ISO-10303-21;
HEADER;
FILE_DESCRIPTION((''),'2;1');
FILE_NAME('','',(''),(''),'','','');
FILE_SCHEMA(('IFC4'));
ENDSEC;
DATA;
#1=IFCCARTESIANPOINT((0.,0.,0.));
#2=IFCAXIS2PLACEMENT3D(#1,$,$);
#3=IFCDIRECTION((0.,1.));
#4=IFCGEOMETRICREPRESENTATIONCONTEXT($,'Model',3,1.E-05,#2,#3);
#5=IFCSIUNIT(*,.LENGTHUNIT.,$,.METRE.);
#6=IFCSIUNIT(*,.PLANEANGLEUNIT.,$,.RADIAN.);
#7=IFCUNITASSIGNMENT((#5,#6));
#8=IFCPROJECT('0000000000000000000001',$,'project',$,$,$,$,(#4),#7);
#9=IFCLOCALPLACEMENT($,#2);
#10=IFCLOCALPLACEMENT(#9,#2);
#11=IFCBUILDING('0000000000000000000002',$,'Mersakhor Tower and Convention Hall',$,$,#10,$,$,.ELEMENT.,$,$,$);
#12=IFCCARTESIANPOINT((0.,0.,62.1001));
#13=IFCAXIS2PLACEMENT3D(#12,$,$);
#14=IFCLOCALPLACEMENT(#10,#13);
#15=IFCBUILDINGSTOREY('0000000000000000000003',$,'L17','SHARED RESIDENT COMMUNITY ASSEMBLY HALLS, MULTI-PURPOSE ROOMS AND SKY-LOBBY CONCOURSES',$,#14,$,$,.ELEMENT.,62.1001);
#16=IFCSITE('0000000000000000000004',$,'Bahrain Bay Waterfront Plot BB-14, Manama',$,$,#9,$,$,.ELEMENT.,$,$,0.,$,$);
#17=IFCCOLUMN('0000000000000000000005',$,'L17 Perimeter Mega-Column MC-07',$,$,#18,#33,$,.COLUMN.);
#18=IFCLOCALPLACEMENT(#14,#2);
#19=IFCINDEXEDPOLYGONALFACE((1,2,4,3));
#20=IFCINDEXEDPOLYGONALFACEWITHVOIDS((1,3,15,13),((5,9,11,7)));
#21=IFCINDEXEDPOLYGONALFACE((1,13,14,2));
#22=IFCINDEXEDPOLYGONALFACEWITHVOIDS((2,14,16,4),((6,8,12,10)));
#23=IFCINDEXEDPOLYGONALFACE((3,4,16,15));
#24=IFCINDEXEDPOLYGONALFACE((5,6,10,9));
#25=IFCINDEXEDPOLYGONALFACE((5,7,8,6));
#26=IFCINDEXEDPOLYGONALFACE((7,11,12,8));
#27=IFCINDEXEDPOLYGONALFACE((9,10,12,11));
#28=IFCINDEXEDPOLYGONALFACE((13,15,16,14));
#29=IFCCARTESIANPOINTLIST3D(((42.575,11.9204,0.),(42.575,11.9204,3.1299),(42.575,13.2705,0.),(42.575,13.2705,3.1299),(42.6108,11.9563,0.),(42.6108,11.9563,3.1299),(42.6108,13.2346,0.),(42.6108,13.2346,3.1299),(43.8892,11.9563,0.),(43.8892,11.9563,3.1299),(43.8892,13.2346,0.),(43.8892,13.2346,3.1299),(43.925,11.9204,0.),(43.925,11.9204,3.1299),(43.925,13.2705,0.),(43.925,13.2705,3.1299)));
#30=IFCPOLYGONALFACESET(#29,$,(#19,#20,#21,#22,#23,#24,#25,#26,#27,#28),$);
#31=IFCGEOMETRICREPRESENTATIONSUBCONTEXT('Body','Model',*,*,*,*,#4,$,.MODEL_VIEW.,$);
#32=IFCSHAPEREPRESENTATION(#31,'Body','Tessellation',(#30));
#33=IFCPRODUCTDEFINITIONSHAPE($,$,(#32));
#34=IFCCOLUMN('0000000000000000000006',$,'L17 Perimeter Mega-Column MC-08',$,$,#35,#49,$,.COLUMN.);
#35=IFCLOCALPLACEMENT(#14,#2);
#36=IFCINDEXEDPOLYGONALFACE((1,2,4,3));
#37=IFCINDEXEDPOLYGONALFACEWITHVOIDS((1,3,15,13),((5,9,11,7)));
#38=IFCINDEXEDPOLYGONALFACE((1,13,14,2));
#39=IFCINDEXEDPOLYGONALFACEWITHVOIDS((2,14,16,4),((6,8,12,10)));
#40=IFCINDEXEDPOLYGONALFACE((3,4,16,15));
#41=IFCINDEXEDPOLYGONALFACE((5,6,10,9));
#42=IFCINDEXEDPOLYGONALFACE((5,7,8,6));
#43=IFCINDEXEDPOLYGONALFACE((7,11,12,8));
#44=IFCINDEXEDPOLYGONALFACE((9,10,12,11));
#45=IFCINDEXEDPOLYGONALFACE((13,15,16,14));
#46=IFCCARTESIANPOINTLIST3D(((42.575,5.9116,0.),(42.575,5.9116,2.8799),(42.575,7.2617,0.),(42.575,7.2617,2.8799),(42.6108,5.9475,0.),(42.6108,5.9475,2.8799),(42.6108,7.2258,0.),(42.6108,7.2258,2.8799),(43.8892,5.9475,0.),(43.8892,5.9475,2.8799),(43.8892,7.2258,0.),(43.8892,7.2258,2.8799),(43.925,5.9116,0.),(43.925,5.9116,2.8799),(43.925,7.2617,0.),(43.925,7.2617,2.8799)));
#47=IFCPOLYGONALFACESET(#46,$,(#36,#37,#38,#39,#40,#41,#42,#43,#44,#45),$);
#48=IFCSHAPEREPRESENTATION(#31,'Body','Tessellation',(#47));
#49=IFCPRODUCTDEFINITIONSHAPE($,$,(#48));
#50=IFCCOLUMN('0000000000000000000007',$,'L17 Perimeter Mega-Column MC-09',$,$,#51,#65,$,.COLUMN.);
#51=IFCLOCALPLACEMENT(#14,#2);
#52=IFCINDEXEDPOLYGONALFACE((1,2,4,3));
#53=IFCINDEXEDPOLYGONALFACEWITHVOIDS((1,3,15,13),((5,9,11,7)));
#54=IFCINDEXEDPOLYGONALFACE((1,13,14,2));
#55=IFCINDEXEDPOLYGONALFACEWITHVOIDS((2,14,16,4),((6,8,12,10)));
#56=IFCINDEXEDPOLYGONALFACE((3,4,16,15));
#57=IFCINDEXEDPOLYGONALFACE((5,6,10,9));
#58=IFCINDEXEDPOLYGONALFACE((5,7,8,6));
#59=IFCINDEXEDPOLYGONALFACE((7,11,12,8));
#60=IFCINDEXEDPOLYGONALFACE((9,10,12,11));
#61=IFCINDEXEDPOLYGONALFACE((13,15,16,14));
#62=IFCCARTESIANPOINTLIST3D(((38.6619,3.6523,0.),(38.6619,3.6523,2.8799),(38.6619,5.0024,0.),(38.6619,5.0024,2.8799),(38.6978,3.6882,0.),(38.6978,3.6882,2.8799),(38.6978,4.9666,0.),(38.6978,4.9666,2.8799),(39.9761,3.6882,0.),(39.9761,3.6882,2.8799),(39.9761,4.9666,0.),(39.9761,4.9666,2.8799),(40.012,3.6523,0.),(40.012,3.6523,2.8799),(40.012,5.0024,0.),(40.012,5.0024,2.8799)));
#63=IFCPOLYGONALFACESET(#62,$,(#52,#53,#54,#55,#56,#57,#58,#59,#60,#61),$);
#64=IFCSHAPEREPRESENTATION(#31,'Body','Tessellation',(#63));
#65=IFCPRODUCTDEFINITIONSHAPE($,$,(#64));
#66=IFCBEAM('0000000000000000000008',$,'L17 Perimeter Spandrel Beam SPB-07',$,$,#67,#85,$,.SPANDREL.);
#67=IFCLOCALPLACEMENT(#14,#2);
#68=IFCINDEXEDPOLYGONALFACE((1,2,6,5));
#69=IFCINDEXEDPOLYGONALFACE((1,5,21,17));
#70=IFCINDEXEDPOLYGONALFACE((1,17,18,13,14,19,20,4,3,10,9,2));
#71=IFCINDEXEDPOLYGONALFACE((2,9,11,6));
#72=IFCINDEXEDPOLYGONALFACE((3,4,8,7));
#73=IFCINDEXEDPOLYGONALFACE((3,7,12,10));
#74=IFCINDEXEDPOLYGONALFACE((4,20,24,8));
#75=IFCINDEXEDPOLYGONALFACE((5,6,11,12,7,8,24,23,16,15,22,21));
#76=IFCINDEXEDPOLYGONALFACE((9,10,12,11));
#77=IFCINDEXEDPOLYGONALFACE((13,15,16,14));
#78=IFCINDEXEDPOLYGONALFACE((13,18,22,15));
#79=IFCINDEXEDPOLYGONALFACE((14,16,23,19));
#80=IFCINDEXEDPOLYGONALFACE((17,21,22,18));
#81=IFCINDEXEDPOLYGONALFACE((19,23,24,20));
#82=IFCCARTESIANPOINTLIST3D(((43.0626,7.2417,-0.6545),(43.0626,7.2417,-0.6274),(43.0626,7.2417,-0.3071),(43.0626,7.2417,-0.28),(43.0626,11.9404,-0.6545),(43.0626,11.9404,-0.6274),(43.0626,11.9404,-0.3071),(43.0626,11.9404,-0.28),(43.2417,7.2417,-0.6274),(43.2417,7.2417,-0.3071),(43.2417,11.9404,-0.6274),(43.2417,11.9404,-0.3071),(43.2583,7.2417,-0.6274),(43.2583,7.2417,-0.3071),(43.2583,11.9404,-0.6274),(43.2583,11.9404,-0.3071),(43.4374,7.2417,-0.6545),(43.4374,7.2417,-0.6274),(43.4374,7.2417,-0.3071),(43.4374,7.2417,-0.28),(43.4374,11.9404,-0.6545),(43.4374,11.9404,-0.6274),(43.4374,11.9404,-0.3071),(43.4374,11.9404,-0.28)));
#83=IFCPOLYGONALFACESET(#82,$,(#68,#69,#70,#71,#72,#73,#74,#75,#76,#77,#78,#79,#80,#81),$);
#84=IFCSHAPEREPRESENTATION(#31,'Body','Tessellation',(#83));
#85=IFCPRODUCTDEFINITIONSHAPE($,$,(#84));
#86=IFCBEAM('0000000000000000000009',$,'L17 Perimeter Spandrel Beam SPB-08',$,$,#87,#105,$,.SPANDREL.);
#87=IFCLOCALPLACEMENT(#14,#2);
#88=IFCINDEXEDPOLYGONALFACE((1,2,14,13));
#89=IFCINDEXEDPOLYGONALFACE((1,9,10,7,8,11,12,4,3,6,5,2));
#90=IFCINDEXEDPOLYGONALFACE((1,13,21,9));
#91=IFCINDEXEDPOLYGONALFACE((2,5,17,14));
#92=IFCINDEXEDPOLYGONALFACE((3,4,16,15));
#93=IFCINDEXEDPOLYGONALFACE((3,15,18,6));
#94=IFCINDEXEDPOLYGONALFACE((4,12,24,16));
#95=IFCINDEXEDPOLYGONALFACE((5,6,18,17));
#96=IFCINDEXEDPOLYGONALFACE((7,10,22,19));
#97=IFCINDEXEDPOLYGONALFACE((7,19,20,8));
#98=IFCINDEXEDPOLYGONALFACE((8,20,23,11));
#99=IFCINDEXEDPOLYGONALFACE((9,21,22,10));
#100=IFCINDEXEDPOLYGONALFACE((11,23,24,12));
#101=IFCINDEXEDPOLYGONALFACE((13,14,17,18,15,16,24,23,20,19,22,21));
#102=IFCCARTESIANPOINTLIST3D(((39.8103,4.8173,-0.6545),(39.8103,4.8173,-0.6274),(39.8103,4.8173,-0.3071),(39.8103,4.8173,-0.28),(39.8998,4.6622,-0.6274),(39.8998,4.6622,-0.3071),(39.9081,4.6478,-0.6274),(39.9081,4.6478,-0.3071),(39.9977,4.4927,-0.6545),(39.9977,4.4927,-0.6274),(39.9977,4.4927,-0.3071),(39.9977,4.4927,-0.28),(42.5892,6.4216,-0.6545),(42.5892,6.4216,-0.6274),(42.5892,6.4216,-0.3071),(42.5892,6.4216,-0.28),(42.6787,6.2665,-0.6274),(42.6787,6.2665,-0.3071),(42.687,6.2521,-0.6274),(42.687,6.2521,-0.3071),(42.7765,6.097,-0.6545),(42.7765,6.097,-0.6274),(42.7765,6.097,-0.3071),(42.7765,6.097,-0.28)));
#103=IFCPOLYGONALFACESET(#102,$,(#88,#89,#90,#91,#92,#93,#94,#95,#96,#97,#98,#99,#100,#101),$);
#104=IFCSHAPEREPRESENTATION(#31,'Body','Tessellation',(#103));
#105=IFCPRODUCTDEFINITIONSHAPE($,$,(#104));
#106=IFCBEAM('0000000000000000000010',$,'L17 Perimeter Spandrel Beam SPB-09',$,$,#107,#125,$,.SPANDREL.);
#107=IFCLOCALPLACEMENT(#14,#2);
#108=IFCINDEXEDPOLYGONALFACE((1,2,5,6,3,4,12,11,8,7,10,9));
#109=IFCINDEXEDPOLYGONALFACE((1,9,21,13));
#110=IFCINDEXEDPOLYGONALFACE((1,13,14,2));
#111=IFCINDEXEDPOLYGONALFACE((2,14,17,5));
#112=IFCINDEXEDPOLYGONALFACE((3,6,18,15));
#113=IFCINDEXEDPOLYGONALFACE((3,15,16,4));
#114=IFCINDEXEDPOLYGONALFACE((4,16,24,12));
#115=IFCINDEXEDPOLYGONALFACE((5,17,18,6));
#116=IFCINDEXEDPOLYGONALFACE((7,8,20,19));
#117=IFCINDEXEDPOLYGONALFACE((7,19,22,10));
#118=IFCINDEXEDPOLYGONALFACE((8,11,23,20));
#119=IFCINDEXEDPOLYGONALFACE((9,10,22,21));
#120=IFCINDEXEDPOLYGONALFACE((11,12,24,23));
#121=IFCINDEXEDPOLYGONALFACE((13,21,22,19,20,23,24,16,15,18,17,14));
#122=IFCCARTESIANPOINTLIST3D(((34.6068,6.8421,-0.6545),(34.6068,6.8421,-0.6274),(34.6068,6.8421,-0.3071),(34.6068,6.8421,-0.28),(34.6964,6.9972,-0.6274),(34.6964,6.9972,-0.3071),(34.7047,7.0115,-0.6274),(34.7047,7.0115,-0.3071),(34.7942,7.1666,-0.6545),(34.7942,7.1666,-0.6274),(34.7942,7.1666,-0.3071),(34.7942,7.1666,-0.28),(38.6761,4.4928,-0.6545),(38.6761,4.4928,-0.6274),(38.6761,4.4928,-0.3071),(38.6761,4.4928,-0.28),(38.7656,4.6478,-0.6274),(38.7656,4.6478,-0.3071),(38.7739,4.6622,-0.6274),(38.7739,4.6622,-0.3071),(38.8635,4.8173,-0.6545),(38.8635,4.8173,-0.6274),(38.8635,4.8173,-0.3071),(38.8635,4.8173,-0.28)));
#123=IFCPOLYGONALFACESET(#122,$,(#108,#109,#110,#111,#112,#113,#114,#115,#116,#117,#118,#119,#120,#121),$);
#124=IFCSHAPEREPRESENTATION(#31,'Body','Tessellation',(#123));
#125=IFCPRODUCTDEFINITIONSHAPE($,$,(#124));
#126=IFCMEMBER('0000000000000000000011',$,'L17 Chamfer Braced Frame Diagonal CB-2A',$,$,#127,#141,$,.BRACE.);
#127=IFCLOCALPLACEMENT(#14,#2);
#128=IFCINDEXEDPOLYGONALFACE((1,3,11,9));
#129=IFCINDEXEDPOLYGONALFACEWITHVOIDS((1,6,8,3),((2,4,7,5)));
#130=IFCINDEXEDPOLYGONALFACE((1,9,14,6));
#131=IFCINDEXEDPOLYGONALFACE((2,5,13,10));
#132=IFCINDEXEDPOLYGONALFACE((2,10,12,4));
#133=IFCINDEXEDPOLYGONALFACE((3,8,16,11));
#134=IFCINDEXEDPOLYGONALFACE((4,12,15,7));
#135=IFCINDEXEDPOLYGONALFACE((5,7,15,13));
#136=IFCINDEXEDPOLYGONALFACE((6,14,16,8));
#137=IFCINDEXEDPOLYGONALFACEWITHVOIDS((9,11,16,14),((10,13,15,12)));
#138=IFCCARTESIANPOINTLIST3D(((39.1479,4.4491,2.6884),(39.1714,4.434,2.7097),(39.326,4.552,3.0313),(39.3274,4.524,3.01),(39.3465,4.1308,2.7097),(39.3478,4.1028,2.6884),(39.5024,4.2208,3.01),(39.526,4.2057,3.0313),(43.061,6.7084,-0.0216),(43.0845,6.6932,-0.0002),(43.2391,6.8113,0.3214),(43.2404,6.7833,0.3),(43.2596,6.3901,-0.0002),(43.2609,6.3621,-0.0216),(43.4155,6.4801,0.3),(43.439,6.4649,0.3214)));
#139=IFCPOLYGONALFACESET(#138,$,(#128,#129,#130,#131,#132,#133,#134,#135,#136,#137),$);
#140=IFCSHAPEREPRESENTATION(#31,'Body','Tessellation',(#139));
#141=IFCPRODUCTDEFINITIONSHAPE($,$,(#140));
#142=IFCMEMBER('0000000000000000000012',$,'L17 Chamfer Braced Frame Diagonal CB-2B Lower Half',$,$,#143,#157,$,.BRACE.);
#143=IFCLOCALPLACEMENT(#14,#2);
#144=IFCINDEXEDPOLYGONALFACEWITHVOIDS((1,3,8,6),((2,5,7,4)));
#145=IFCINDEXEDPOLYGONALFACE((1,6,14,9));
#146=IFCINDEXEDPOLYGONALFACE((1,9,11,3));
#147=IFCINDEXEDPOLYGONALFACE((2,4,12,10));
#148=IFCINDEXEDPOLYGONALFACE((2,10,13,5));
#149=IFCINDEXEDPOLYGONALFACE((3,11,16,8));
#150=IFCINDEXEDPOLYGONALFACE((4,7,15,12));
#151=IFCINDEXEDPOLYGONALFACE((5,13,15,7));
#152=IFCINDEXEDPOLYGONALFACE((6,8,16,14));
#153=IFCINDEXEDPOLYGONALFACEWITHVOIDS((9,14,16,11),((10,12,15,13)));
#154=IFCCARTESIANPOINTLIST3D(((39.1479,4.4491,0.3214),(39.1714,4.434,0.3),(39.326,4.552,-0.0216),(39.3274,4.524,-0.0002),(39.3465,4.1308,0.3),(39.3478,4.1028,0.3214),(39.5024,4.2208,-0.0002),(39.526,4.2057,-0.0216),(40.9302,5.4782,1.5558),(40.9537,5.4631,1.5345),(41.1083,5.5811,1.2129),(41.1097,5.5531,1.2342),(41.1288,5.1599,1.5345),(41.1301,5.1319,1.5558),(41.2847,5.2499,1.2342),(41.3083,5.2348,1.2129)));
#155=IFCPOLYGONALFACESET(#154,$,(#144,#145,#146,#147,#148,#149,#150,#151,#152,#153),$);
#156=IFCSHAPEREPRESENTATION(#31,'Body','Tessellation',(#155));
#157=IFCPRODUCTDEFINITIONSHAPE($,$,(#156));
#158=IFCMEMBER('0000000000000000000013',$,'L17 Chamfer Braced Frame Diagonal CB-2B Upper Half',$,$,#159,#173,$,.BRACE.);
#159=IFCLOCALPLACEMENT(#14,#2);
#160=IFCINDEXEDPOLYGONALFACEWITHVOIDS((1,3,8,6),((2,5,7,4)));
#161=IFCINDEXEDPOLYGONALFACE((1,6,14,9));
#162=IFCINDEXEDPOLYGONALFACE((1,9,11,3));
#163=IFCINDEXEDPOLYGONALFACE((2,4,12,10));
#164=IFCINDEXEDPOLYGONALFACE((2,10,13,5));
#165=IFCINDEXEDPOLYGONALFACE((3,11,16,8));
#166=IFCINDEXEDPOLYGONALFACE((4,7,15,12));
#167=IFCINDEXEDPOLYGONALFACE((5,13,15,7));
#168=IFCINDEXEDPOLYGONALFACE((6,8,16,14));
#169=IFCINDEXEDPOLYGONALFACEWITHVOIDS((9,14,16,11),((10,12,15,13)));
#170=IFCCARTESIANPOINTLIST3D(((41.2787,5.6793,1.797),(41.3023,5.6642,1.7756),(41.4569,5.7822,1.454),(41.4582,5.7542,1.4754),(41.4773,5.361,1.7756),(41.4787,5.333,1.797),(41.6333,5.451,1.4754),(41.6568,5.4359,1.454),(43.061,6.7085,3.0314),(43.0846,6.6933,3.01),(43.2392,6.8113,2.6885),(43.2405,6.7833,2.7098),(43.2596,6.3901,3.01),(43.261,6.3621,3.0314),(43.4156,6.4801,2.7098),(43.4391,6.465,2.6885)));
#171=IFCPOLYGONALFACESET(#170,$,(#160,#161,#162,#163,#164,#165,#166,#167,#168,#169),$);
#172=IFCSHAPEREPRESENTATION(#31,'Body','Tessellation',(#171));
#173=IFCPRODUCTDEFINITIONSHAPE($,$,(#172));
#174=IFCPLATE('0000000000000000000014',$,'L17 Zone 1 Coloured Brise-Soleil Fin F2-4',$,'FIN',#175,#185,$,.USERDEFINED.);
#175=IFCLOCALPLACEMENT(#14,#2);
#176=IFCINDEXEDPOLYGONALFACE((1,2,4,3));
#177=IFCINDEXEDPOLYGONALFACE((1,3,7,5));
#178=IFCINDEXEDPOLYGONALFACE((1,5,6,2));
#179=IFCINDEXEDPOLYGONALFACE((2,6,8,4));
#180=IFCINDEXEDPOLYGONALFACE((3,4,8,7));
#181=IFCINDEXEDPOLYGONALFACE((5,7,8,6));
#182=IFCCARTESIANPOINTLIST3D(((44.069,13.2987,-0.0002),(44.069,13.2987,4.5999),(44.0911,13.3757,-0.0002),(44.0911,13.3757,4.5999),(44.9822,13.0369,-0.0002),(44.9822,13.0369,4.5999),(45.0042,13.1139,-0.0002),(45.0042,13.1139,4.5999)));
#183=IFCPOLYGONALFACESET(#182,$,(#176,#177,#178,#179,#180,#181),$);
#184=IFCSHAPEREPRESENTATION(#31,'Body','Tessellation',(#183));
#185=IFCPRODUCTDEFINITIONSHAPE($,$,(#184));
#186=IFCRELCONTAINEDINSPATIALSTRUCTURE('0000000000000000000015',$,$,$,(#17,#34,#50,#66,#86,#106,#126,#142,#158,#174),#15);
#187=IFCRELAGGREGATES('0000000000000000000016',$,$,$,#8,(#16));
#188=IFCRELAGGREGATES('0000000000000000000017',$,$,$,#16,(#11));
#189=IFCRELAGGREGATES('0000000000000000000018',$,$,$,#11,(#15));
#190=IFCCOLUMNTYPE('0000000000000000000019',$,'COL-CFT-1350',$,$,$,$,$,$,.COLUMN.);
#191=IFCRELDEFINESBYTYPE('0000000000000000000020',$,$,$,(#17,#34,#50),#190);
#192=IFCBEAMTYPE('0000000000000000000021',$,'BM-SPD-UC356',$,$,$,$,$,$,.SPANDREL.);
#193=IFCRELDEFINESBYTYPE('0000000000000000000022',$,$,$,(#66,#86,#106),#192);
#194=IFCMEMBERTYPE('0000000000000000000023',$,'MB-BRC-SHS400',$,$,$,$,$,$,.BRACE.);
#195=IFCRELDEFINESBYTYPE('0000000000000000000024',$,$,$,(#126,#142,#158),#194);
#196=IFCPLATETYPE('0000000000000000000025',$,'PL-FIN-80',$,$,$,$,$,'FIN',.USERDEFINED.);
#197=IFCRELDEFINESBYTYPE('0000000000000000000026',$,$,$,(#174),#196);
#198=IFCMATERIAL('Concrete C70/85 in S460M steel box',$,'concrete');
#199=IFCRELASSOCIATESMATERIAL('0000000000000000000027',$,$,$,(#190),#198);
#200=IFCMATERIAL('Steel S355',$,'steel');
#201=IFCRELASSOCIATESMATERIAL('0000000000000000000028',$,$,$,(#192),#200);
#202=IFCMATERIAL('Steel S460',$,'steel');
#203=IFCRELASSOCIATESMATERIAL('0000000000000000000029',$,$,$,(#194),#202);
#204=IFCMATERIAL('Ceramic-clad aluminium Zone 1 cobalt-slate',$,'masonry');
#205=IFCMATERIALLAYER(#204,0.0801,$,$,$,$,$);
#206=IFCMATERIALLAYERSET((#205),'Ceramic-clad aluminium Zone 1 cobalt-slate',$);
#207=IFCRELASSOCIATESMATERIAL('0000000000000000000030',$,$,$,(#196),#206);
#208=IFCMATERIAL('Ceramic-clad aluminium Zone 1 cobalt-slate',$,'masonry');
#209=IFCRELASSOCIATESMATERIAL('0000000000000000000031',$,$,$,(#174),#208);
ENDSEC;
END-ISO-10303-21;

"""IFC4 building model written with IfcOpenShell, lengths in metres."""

from ifc_helpers import new_model, si_unit, direction, frame, origin, origin_2d, place, context, subcontext, project, spatial, rectangle, hollow_rectangle, i_section, extrude, material, layer, layer_set, material_profile, profile_set, type_object, element, save


model = new_model("IFC4")

# Units and contexts
model_context = context("Model", 3, precision=1e-05, world=origin(), true_north=direction((0.0, 1.0)))
body_context = subcontext(model_context, "Body", "Model", "MODEL_VIEW")
ifc_project = project(units=[si_unit("LENGTHUNIT", "METRE"), si_unit("PLANEANGLEUNIT", "RADIAN")], contexts=[model_context])

# Site, building, storey
site_placement = place(None, origin())
site = spatial("IfcSite", under=ifc_project, at=site_placement, Name="Bahrain Bay Waterfront Plot BB-14, Manama", CompositionType="ELEMENT", RefElevation=0.0)
building_placement = place(site_placement, origin())
building = spatial("IfcBuilding", under=site, at=building_placement, Name="Mersakhor Tower and Convention Hall", CompositionType="ELEMENT")
storey_placement = place(building_placement, frame((0.0, 0.0, 62.1001)))
storey = spatial("IfcBuildingStorey", under=building, at=storey_placement, Name="L17", Description="SHARED RESIDENT COMMUNITY ASSEMBLY HALLS, MULTI-PURPOSE ROOMS AND SKY-LOBBY CONCOURSES", CompositionType="ELEMENT", Elevation=62.1001)

# Columns
ifc_material_1 = material(Name="Concrete C70/85 in S460M steel box", Category="concrete")
ifc_material_profile_1 = material_profile(ifc_material_1, hollow_rectangle(XDim=1.3501, YDim=1.3501, WallThickness=0.0359, at=origin_2d()), Name="SHS 1350x1350x36")
ifc_profile_set_1 = profile_set([ifc_material_profile_1], Name="Concrete C70/85 in S460M steel box")
column_type = type_object("IfcColumnType", Name="COL-CFT-1350", PredefinedType="COLUMN", material=ifc_profile_set_1)
column_placement = place(storey_placement, frame((43.25, 12.5955, 0.0), z_axis=(0.0, 0.0, 1.0), x_axis=(1.0, 0.0, 0.0)))
element("IfcColumn", 1, at=column_placement, inside=storey, type_object=column_type, Name="L17 Perimeter Mega-Column MC-07", PredefinedType="COLUMN", context=body_context, shape_type="SweptSolid", body=[
    extrude(hollow_rectangle(XDim=1.3501, YDim=1.3501, WallThickness=0.0359, at=origin_2d()), origin(), (0.0, 0.0, 1.0), 3.1299),
])
for number, where, z_axis, x_axis, name in (
    (2, (43.25, 6.5867, 0.0), (0.0, 0.0, 1.0), (1.0, 0.0, 0.0), "L17 Perimeter Mega-Column MC-08"),
    (3, (39.3369, 4.3274, 0.0), (0.0, 0.0, 1.0), (1.0, 0.0, 0.0), "L17 Perimeter Mega-Column MC-09"),
):
    element("IfcColumn", number, at=place(storey_placement, frame(where, z_axis=z_axis, x_axis=x_axis)), inside=storey, type_object=column_type, Name=name, PredefinedType="COLUMN", context=body_context, shape_type="SweptSolid", body=[
        extrude(hollow_rectangle(XDim=1.3501, YDim=1.3501, WallThickness=0.0359, at=origin_2d()), origin(), (0.0, 0.0, 1.0), 2.8799),
    ])

# Beams
ifc_material_2 = material(Name="Steel S355", Category="steel")
ifc_material_profile_2 = material_profile(ifc_material_2, i_section(OverallWidth=0.3748, OverallDepth=0.3745, WebThickness=0.0166, FlangeThickness=0.0271, at=origin_2d()), Name="UC 356x368x202")
ifc_profile_set_2 = profile_set([ifc_material_profile_2], Name="Steel S355")
beam_type = type_object("IfcBeamType", Name="BM-SPD-UC356", PredefinedType="SPANDREL", material=ifc_profile_set_2)
beam_1_placement = place(storey_placement, frame((43.25, 11.9404, -0.4673), z_axis=(0.0, -1.0, 0.0), x_axis=(1.0, 0.0, 0.0)))
element("IfcBeam", 4, at=beam_1_placement, inside=storey, type_object=beam_type, Name="L17 Perimeter Spandrel Beam SPB-07", PredefinedType="SPANDREL", context=body_context, shape_type="SweptSolid", body=[
    extrude(i_section(OverallWidth=0.3748, OverallDepth=0.3745, WebThickness=0.0166, FlangeThickness=0.0271, at=origin_2d()), origin(), (0.0, 0.0, 1.0), 4.6987),
])
beam_2_placement = place(storey_placement, frame((42.6829, 6.2593, -0.4673), z_axis=(-0.866039, -0.499977, 0.0), x_axis=(0.499977, -0.866039, 0.0)))
element("IfcBeam", 5, at=beam_2_placement, inside=storey, type_object=beam_type, Name="L17 Perimeter Spandrel Beam SPB-08", PredefinedType="SPANDREL", context=body_context, shape_type="SweptSolid", body=[
    extrude(i_section(OverallWidth=0.3748, OverallDepth=0.3745, WebThickness=0.0166, FlangeThickness=0.0271, at=origin_2d()), origin(), (0.0, 0.0, 1.0), 3.2087),
])
beam_3_placement = place(storey_placement, frame((38.7698, 4.655, -0.4673), z_axis=(-0.866032, 0.499989, 0.0), x_axis=(-0.499989, -0.866032, 0.0)))
element("IfcBeam", 6, at=beam_3_placement, inside=storey, type_object=beam_type, Name="L17 Perimeter Spandrel Beam SPB-09", PredefinedType="SPANDREL", context=body_context, shape_type="SweptSolid", body=[
    extrude(i_section(OverallWidth=0.3748, OverallDepth=0.3745, WebThickness=0.0166, FlangeThickness=0.0271, at=origin_2d()), origin(), (0.0, 0.0, 1.0), 4.6987),
])

# Members
ifc_material_3 = material(Name="Steel S460", Category="steel")
ifc_material_profile_3 = material_profile(ifc_material_3, hollow_rectangle(XDim=0.3999, YDim=0.3999, WallThickness=0.0249, at=origin_2d()), Name="SHS 400x400x25")
ifc_profile_set_3 = profile_set([ifc_material_profile_3], Name="Steel S460")
member_type = type_object("IfcMemberType", Name="MB-BRC-SHS400", PredefinedType="BRACE", material=ifc_profile_set_3)
member_placement = place(storey_placement, frame((43.25, 6.5867, 0.1499), z_axis=(-0.742687, -0.428801, 0.514339), x_axis=(0.500009, -0.86602, 0.0)))
element("IfcMember", 7, at=member_placement, inside=storey, type_object=member_type, Name="L17 Chamfer Braced Frame Diagonal CB-2A", PredefinedType="BRACE", context=body_context, shape_type="SweptSolid", body=[
    extrude(hollow_rectangle(XDim=0.3999, YDim=0.3999, WallThickness=0.0249, at=origin_2d()), origin(), (0.0, 0.0, 1.0), 5.2688),
])
for number, where, z_axis, x_axis, name in (
    (8, (39.3369, 4.3274, 0.1499), (0.742661, 0.428811, 0.514369), (-0.500031, 0.866008, 0.0), "L17 Chamfer Braced Frame Diagonal CB-2B Lower Half"),
    (9, (41.4678, 5.5576, 1.6255), (0.742661, 0.428811, 0.514369), (-0.500031, 0.866008, 0.0), "L17 Chamfer Braced Frame Diagonal CB-2B Upper Half"),
):
    element("IfcMember", number, at=place(storey_placement, frame(where, z_axis=z_axis, x_axis=x_axis)), inside=storey, type_object=member_type, Name=name, PredefinedType="BRACE", context=body_context, shape_type="SweptSolid", body=[
        extrude(hollow_rectangle(XDim=0.3999, YDim=0.3999, WallThickness=0.0249, at=origin_2d()), origin(), (0.0, 0.0, 1.0), 2.3999),
    ])

# Plate
ifc_material_4 = material(Name="Ceramic-clad aluminium Zone 1 cobalt-slate", Category="masonry")
ifc_material_5 = material(Name="Ceramic-clad aluminium Zone 1 cobalt-slate", Category="masonry")
ifc_layer_1 = layer(ifc_material_5, 0.0801)
ifc_layer_set_1 = layer_set([ifc_layer_1], Name="Ceramic-clad aluminium Zone 1 cobalt-slate")
plate_type_1 = type_object("IfcPlateType", Name="PL-FIN-80", ElementType="FIN", PredefinedType="USERDEFINED", material=ifc_layer_set_1)
plate_1_placement = place(storey_placement, frame((44.5366, 13.2063, -0.0002), z_axis=(0.0, 0.0, 1.0), x_axis=(0.961262, -0.275637, 0.0)))
element("IfcPlate", 10, at=plate_1_placement, inside=storey, type_object=plate_type_1, material=ifc_material_4, Name="L17 Zone 1 Coloured Brise-Soleil Fin F2-4", ObjectType="FIN", PredefinedType="USERDEFINED", context=body_context, shape_type="SweptSolid", body=[
    extrude(rectangle(XDim=0.95, YDim=0.0801, at=origin_2d()), origin(), (0.0, 0.0, 1.0), 4.6001),
])

save(model, "model.ifc")
